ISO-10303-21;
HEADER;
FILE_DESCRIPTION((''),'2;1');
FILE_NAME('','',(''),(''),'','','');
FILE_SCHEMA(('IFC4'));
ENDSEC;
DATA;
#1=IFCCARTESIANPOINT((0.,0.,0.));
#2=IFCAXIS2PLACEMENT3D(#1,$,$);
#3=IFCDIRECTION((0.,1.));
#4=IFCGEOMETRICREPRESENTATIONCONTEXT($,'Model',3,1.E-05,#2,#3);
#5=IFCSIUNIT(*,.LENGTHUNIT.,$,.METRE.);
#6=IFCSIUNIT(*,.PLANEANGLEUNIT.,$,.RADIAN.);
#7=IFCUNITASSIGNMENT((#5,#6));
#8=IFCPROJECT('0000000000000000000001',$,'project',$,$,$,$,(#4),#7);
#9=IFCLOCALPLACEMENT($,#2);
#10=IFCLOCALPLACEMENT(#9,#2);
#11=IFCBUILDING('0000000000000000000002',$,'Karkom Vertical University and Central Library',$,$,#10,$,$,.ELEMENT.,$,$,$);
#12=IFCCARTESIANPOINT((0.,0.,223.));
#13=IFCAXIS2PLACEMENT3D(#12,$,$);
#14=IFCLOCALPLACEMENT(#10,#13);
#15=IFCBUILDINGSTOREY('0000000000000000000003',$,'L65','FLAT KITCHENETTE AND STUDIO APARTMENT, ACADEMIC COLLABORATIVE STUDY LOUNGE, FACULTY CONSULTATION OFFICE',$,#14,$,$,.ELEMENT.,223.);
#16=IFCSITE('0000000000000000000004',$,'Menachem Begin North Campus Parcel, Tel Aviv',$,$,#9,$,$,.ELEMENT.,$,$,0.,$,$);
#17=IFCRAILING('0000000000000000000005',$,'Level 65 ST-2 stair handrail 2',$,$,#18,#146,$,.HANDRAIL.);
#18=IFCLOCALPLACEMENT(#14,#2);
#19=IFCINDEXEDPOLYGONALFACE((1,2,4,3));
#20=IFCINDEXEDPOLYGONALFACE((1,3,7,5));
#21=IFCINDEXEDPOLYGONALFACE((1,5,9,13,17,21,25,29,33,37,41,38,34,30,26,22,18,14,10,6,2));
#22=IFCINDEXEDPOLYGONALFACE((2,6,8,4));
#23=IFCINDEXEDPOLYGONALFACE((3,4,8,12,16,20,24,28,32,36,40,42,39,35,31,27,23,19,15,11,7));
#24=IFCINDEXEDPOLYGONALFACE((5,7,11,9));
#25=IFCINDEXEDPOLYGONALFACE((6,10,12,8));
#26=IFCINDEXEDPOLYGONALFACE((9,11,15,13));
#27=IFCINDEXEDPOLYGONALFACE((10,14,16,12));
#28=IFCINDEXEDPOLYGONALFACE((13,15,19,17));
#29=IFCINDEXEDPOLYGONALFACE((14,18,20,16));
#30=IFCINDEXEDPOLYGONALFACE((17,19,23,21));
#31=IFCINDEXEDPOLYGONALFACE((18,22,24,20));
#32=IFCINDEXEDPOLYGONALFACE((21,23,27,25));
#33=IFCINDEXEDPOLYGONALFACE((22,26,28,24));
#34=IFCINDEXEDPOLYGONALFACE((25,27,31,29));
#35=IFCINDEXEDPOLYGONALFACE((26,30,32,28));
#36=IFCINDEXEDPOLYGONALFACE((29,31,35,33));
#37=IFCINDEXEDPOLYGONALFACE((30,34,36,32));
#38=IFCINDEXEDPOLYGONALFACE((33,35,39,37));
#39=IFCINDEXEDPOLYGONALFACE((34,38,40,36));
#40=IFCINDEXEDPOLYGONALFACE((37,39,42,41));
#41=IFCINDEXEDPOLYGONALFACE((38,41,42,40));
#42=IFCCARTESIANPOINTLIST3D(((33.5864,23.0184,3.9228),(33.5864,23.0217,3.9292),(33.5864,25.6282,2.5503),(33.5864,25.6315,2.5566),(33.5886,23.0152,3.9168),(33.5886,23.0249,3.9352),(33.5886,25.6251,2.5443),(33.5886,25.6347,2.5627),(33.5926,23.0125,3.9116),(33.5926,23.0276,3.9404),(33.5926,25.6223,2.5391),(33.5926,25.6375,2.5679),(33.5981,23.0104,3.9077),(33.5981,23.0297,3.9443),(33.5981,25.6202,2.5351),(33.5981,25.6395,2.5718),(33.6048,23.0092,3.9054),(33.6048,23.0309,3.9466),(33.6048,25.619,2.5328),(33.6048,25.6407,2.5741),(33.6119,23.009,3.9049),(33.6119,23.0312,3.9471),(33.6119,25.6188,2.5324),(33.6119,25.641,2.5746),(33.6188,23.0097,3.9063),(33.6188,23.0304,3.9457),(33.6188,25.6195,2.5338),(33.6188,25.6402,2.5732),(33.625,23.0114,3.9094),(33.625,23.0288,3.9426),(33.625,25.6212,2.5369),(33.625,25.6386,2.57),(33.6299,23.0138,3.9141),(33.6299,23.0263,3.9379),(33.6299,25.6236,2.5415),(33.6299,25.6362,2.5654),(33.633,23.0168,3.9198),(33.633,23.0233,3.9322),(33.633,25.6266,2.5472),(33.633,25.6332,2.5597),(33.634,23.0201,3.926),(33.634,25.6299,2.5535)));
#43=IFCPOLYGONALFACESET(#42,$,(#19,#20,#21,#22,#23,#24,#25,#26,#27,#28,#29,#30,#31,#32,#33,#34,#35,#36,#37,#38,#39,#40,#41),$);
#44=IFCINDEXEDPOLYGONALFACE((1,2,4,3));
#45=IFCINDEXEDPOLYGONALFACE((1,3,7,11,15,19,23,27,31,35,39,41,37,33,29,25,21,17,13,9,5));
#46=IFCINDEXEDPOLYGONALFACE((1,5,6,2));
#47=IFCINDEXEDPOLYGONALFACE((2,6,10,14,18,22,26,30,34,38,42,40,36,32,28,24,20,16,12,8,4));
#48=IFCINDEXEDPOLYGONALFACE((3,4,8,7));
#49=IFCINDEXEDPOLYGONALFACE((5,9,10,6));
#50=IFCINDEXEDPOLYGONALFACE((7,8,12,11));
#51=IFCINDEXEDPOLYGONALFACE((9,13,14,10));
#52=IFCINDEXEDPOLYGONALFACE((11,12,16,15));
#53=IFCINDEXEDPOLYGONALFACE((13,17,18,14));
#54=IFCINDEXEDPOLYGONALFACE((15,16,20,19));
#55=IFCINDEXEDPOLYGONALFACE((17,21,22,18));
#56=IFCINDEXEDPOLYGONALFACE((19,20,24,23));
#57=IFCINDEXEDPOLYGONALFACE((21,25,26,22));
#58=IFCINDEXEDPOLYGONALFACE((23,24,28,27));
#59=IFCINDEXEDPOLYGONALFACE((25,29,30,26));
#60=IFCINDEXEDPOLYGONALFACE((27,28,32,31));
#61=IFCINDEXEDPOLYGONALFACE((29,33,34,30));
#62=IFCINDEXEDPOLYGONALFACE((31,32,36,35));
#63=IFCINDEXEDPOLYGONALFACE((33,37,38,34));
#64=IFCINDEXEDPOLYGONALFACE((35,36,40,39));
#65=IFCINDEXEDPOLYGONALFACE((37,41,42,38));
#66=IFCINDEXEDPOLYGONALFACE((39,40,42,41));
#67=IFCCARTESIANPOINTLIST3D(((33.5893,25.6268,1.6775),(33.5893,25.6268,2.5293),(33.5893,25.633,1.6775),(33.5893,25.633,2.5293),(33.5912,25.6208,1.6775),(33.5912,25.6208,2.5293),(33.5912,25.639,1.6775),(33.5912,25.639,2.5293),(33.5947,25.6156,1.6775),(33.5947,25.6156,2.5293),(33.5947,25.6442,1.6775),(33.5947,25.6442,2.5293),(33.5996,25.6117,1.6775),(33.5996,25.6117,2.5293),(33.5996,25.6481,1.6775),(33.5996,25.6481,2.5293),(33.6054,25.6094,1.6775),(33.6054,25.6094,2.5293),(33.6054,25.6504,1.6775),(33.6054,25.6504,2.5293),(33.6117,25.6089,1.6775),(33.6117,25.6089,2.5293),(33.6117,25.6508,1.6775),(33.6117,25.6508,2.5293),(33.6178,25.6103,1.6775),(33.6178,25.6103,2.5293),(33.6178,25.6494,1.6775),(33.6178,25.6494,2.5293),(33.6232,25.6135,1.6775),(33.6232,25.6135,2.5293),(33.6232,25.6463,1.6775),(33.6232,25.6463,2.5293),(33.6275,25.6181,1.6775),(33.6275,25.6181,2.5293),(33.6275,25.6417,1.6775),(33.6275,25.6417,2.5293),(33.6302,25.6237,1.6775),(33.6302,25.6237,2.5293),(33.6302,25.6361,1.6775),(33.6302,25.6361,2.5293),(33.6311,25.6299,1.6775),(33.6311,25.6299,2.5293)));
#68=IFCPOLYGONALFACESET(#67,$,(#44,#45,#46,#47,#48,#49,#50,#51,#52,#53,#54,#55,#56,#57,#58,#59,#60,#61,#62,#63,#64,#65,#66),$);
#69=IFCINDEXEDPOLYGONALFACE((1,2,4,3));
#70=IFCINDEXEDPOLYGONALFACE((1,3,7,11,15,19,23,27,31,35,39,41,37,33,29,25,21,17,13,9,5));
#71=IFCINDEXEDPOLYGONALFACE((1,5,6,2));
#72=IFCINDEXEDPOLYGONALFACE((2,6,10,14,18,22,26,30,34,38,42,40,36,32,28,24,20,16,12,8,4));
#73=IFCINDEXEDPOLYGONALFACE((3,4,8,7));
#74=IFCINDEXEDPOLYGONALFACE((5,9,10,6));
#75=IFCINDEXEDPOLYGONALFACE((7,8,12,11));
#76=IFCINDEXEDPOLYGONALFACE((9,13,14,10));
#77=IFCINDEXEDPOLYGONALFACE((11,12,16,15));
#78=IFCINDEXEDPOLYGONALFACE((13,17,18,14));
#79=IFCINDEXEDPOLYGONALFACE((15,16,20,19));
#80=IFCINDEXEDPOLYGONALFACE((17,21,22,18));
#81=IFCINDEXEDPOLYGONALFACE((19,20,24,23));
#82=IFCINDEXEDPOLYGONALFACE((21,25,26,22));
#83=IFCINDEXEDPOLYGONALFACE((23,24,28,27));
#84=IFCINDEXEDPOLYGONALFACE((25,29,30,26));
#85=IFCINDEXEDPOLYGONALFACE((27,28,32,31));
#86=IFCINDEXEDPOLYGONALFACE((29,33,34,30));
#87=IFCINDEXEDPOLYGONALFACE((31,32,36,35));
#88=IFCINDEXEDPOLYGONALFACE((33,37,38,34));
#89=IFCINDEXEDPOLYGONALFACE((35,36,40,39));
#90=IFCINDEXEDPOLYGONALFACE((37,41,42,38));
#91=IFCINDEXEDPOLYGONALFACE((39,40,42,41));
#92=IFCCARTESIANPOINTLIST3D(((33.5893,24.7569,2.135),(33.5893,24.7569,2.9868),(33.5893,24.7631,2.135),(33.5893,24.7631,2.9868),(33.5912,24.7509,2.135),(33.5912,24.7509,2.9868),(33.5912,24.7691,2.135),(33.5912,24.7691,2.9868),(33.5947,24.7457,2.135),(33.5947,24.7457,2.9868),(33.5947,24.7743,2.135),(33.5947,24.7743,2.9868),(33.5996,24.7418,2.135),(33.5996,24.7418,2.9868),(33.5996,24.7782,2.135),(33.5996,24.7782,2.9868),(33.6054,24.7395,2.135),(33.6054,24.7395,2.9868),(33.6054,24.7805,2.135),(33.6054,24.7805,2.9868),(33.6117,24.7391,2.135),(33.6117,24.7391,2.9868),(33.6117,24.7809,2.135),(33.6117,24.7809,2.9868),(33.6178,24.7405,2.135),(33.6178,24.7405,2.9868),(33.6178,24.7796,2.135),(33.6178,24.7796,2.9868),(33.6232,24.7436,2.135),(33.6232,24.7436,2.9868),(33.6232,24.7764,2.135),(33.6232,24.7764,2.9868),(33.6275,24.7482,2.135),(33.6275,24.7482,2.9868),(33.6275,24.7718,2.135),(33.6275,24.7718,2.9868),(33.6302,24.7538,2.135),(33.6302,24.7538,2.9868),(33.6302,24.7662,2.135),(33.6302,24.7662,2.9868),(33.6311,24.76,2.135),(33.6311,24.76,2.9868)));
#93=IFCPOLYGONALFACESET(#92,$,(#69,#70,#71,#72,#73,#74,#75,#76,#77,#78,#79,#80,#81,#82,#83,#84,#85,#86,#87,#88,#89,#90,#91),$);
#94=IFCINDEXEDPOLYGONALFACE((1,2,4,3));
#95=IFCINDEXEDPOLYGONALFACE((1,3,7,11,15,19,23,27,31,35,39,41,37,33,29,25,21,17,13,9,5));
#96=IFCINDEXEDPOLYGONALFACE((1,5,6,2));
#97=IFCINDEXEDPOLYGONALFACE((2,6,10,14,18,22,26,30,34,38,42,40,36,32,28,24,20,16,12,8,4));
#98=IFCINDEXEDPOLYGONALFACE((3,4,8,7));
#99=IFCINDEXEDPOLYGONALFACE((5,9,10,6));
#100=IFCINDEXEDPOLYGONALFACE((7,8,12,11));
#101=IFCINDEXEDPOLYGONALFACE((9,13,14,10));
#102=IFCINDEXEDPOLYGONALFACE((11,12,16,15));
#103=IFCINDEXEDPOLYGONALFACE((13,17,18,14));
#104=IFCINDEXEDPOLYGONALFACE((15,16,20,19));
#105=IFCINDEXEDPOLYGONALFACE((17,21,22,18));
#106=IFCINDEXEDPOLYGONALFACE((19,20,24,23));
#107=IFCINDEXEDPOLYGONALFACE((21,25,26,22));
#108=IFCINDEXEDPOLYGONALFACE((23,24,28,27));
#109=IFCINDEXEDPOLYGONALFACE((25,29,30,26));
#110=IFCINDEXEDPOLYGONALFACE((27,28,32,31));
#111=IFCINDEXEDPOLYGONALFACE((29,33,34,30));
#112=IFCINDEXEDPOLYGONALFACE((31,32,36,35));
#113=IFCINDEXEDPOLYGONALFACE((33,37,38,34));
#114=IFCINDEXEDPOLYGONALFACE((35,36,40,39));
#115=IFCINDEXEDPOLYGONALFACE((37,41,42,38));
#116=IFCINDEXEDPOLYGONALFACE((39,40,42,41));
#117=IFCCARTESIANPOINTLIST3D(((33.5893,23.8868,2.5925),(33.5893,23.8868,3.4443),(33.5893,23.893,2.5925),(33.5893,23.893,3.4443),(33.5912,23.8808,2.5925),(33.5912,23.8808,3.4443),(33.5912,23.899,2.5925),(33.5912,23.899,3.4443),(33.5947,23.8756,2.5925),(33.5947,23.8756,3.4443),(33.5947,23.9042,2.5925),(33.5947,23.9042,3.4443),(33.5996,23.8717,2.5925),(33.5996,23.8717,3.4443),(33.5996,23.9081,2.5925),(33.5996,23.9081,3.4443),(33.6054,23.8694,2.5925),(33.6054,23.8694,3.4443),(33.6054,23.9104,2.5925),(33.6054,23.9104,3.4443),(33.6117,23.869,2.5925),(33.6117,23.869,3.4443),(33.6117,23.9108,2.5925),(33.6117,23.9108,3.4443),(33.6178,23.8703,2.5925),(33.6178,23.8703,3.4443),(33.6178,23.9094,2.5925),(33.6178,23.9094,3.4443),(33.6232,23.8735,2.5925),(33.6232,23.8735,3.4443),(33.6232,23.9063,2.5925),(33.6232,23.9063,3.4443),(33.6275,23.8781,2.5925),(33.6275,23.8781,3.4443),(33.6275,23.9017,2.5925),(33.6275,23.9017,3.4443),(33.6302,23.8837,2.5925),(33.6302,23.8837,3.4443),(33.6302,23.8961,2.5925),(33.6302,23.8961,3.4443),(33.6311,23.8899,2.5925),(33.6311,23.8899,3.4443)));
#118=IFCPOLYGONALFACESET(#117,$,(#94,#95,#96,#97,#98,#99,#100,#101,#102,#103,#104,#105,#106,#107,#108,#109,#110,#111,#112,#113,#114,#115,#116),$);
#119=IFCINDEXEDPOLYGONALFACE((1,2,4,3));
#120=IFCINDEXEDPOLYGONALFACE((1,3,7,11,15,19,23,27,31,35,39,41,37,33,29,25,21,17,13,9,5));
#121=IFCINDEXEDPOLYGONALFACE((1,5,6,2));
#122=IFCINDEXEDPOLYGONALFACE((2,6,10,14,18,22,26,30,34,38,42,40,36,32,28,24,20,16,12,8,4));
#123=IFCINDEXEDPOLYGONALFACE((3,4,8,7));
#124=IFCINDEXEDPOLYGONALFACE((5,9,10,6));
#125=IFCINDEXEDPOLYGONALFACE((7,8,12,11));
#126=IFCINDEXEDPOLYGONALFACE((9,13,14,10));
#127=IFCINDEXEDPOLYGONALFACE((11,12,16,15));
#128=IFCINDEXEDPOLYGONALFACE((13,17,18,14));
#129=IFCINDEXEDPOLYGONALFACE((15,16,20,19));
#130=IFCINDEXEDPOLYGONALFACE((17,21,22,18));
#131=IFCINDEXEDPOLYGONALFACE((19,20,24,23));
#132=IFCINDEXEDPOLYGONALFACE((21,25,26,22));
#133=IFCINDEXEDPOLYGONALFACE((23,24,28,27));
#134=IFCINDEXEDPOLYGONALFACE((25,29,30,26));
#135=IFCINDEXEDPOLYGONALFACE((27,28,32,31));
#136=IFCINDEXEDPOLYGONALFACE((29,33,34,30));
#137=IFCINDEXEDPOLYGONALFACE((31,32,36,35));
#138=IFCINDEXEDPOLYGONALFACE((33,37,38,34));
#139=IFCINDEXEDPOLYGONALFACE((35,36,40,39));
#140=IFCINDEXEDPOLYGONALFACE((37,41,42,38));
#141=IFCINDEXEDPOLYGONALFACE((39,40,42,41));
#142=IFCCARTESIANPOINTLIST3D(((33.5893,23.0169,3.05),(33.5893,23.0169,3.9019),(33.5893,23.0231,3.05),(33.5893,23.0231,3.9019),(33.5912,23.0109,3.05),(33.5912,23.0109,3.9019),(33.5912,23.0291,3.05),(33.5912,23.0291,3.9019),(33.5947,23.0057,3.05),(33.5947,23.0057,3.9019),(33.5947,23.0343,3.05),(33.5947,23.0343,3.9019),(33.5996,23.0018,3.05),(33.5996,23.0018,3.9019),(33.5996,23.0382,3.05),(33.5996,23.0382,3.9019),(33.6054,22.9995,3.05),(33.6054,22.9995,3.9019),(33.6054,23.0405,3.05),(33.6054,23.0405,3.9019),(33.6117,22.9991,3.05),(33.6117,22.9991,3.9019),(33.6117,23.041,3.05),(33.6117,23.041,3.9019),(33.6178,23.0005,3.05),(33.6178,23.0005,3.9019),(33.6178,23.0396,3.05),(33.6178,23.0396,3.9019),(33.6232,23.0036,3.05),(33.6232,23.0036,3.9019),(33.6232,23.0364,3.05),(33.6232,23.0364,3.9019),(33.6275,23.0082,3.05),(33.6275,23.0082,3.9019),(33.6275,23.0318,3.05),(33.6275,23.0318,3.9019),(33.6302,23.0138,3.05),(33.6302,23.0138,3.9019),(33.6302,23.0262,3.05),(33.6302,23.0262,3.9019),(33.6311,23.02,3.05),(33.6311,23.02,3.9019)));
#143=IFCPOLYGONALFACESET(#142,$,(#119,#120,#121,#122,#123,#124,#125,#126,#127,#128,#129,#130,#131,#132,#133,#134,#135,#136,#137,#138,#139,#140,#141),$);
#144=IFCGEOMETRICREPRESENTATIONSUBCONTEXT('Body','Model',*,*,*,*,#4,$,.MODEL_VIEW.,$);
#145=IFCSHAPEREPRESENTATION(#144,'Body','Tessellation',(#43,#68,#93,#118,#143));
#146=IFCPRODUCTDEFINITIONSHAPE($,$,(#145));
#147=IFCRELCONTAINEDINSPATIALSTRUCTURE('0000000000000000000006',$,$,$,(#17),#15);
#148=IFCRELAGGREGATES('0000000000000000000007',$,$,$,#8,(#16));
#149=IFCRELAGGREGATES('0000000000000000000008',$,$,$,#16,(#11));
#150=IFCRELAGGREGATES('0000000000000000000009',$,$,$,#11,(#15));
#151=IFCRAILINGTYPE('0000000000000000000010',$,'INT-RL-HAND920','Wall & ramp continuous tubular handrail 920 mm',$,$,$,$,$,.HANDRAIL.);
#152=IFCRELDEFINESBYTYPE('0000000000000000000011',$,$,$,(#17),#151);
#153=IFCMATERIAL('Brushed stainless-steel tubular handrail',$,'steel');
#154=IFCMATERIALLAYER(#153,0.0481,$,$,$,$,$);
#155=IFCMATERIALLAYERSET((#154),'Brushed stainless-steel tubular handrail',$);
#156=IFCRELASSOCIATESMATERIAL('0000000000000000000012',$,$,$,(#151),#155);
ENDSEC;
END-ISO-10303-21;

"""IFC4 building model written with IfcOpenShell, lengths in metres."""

from ifc_helpers import new_model, si_unit, direction, frame, origin, origin_2d, place, context, subcontext, project, spatial, circle, extrude, material, layer, layer_set, type_object, element, save


model = new_model("IFC4")

# Units and contexts
model_context = context("Model", 3, precision=1e-05, world=origin(), true_north=direction((0.0, 1.0)))
body_context = subcontext(model_context, "Body", "Model", "MODEL_VIEW")
ifc_project = project(units=[si_unit("LENGTHUNIT", "METRE"), si_unit("PLANEANGLEUNIT", "RADIAN")], contexts=[model_context])

# Site, building, storey
site_placement = place(None, origin())
site = spatial("IfcSite", under=ifc_project, at=site_placement, Name="Menachem Begin North Campus Parcel, Tel Aviv", CompositionType="ELEMENT", RefElevation=0.0)
building_placement = place(site_placement, origin())
building = spatial("IfcBuilding", under=site, at=building_placement, Name="Karkom Vertical University and Central Library", CompositionType="ELEMENT")
storey_placement = place(building_placement, frame((0.0, 0.0, 223.0)))
storey = spatial("IfcBuildingStorey", under=building, at=storey_placement, Name="L65", Description="FLAT KITCHENETTE AND STUDIO APARTMENT, ACADEMIC COLLABORATIVE STUDY LOUNGE, FACULTY CONSULTATION OFFICE", CompositionType="ELEMENT", Elevation=223.0)

# Railing
ifc_material_1 = material(Name="Brushed stainless-steel tubular handrail", Category="steel")
ifc_layer_1 = layer(ifc_material_1, 0.0481)
ifc_layer_set_1 = layer_set([ifc_layer_1], Name="Brushed stainless-steel tubular handrail")
railing_type = type_object("IfcRailingType", Name="INT-RL-HAND920", Description="Wall & ramp continuous tubular handrail 920 mm", PredefinedType="HANDRAIL", material=ifc_layer_set_1)
railing_placement = place(storey_placement, frame((33.6101, 25.6299, 1.6775)))
element("IfcRailing", 1, at=railing_placement, inside=storey, type_object=railing_type, Name="Level 65 ST-2 stair handrail 2", PredefinedType="HANDRAIL", context=body_context, shape_type="SweptSolid", body=[
    extrude(circle(Radius=0.0239, at=origin_2d()), frame((0.0, 0.0, 0.876), z_axis=(0.0, -0.885065, 0.465467), x_axis=(1.0, 0.0, 0.0)), (0.0, 0.0, 1.0), 2.9487),
    extrude(circle(Radius=0.021, at=origin_2d()), origin(), (0.0, 0.0, 1.0), 0.8518),
    extrude(circle(Radius=0.021, at=origin_2d()), frame((0.0, -0.8699, 0.4575)), (0.0, 0.0, 1.0), 0.8518),
    extrude(circle(Radius=0.021, at=origin_2d()), frame((0.0, -1.74, 0.915)), (0.0, 0.0, 1.0), 0.8518),
    extrude(circle(Radius=0.021, at=origin_2d()), frame((0.0, -2.6099, 1.3726)), (0.0, 0.0, 1.0), 0.8518),
])

save(model, "model.ifc")
